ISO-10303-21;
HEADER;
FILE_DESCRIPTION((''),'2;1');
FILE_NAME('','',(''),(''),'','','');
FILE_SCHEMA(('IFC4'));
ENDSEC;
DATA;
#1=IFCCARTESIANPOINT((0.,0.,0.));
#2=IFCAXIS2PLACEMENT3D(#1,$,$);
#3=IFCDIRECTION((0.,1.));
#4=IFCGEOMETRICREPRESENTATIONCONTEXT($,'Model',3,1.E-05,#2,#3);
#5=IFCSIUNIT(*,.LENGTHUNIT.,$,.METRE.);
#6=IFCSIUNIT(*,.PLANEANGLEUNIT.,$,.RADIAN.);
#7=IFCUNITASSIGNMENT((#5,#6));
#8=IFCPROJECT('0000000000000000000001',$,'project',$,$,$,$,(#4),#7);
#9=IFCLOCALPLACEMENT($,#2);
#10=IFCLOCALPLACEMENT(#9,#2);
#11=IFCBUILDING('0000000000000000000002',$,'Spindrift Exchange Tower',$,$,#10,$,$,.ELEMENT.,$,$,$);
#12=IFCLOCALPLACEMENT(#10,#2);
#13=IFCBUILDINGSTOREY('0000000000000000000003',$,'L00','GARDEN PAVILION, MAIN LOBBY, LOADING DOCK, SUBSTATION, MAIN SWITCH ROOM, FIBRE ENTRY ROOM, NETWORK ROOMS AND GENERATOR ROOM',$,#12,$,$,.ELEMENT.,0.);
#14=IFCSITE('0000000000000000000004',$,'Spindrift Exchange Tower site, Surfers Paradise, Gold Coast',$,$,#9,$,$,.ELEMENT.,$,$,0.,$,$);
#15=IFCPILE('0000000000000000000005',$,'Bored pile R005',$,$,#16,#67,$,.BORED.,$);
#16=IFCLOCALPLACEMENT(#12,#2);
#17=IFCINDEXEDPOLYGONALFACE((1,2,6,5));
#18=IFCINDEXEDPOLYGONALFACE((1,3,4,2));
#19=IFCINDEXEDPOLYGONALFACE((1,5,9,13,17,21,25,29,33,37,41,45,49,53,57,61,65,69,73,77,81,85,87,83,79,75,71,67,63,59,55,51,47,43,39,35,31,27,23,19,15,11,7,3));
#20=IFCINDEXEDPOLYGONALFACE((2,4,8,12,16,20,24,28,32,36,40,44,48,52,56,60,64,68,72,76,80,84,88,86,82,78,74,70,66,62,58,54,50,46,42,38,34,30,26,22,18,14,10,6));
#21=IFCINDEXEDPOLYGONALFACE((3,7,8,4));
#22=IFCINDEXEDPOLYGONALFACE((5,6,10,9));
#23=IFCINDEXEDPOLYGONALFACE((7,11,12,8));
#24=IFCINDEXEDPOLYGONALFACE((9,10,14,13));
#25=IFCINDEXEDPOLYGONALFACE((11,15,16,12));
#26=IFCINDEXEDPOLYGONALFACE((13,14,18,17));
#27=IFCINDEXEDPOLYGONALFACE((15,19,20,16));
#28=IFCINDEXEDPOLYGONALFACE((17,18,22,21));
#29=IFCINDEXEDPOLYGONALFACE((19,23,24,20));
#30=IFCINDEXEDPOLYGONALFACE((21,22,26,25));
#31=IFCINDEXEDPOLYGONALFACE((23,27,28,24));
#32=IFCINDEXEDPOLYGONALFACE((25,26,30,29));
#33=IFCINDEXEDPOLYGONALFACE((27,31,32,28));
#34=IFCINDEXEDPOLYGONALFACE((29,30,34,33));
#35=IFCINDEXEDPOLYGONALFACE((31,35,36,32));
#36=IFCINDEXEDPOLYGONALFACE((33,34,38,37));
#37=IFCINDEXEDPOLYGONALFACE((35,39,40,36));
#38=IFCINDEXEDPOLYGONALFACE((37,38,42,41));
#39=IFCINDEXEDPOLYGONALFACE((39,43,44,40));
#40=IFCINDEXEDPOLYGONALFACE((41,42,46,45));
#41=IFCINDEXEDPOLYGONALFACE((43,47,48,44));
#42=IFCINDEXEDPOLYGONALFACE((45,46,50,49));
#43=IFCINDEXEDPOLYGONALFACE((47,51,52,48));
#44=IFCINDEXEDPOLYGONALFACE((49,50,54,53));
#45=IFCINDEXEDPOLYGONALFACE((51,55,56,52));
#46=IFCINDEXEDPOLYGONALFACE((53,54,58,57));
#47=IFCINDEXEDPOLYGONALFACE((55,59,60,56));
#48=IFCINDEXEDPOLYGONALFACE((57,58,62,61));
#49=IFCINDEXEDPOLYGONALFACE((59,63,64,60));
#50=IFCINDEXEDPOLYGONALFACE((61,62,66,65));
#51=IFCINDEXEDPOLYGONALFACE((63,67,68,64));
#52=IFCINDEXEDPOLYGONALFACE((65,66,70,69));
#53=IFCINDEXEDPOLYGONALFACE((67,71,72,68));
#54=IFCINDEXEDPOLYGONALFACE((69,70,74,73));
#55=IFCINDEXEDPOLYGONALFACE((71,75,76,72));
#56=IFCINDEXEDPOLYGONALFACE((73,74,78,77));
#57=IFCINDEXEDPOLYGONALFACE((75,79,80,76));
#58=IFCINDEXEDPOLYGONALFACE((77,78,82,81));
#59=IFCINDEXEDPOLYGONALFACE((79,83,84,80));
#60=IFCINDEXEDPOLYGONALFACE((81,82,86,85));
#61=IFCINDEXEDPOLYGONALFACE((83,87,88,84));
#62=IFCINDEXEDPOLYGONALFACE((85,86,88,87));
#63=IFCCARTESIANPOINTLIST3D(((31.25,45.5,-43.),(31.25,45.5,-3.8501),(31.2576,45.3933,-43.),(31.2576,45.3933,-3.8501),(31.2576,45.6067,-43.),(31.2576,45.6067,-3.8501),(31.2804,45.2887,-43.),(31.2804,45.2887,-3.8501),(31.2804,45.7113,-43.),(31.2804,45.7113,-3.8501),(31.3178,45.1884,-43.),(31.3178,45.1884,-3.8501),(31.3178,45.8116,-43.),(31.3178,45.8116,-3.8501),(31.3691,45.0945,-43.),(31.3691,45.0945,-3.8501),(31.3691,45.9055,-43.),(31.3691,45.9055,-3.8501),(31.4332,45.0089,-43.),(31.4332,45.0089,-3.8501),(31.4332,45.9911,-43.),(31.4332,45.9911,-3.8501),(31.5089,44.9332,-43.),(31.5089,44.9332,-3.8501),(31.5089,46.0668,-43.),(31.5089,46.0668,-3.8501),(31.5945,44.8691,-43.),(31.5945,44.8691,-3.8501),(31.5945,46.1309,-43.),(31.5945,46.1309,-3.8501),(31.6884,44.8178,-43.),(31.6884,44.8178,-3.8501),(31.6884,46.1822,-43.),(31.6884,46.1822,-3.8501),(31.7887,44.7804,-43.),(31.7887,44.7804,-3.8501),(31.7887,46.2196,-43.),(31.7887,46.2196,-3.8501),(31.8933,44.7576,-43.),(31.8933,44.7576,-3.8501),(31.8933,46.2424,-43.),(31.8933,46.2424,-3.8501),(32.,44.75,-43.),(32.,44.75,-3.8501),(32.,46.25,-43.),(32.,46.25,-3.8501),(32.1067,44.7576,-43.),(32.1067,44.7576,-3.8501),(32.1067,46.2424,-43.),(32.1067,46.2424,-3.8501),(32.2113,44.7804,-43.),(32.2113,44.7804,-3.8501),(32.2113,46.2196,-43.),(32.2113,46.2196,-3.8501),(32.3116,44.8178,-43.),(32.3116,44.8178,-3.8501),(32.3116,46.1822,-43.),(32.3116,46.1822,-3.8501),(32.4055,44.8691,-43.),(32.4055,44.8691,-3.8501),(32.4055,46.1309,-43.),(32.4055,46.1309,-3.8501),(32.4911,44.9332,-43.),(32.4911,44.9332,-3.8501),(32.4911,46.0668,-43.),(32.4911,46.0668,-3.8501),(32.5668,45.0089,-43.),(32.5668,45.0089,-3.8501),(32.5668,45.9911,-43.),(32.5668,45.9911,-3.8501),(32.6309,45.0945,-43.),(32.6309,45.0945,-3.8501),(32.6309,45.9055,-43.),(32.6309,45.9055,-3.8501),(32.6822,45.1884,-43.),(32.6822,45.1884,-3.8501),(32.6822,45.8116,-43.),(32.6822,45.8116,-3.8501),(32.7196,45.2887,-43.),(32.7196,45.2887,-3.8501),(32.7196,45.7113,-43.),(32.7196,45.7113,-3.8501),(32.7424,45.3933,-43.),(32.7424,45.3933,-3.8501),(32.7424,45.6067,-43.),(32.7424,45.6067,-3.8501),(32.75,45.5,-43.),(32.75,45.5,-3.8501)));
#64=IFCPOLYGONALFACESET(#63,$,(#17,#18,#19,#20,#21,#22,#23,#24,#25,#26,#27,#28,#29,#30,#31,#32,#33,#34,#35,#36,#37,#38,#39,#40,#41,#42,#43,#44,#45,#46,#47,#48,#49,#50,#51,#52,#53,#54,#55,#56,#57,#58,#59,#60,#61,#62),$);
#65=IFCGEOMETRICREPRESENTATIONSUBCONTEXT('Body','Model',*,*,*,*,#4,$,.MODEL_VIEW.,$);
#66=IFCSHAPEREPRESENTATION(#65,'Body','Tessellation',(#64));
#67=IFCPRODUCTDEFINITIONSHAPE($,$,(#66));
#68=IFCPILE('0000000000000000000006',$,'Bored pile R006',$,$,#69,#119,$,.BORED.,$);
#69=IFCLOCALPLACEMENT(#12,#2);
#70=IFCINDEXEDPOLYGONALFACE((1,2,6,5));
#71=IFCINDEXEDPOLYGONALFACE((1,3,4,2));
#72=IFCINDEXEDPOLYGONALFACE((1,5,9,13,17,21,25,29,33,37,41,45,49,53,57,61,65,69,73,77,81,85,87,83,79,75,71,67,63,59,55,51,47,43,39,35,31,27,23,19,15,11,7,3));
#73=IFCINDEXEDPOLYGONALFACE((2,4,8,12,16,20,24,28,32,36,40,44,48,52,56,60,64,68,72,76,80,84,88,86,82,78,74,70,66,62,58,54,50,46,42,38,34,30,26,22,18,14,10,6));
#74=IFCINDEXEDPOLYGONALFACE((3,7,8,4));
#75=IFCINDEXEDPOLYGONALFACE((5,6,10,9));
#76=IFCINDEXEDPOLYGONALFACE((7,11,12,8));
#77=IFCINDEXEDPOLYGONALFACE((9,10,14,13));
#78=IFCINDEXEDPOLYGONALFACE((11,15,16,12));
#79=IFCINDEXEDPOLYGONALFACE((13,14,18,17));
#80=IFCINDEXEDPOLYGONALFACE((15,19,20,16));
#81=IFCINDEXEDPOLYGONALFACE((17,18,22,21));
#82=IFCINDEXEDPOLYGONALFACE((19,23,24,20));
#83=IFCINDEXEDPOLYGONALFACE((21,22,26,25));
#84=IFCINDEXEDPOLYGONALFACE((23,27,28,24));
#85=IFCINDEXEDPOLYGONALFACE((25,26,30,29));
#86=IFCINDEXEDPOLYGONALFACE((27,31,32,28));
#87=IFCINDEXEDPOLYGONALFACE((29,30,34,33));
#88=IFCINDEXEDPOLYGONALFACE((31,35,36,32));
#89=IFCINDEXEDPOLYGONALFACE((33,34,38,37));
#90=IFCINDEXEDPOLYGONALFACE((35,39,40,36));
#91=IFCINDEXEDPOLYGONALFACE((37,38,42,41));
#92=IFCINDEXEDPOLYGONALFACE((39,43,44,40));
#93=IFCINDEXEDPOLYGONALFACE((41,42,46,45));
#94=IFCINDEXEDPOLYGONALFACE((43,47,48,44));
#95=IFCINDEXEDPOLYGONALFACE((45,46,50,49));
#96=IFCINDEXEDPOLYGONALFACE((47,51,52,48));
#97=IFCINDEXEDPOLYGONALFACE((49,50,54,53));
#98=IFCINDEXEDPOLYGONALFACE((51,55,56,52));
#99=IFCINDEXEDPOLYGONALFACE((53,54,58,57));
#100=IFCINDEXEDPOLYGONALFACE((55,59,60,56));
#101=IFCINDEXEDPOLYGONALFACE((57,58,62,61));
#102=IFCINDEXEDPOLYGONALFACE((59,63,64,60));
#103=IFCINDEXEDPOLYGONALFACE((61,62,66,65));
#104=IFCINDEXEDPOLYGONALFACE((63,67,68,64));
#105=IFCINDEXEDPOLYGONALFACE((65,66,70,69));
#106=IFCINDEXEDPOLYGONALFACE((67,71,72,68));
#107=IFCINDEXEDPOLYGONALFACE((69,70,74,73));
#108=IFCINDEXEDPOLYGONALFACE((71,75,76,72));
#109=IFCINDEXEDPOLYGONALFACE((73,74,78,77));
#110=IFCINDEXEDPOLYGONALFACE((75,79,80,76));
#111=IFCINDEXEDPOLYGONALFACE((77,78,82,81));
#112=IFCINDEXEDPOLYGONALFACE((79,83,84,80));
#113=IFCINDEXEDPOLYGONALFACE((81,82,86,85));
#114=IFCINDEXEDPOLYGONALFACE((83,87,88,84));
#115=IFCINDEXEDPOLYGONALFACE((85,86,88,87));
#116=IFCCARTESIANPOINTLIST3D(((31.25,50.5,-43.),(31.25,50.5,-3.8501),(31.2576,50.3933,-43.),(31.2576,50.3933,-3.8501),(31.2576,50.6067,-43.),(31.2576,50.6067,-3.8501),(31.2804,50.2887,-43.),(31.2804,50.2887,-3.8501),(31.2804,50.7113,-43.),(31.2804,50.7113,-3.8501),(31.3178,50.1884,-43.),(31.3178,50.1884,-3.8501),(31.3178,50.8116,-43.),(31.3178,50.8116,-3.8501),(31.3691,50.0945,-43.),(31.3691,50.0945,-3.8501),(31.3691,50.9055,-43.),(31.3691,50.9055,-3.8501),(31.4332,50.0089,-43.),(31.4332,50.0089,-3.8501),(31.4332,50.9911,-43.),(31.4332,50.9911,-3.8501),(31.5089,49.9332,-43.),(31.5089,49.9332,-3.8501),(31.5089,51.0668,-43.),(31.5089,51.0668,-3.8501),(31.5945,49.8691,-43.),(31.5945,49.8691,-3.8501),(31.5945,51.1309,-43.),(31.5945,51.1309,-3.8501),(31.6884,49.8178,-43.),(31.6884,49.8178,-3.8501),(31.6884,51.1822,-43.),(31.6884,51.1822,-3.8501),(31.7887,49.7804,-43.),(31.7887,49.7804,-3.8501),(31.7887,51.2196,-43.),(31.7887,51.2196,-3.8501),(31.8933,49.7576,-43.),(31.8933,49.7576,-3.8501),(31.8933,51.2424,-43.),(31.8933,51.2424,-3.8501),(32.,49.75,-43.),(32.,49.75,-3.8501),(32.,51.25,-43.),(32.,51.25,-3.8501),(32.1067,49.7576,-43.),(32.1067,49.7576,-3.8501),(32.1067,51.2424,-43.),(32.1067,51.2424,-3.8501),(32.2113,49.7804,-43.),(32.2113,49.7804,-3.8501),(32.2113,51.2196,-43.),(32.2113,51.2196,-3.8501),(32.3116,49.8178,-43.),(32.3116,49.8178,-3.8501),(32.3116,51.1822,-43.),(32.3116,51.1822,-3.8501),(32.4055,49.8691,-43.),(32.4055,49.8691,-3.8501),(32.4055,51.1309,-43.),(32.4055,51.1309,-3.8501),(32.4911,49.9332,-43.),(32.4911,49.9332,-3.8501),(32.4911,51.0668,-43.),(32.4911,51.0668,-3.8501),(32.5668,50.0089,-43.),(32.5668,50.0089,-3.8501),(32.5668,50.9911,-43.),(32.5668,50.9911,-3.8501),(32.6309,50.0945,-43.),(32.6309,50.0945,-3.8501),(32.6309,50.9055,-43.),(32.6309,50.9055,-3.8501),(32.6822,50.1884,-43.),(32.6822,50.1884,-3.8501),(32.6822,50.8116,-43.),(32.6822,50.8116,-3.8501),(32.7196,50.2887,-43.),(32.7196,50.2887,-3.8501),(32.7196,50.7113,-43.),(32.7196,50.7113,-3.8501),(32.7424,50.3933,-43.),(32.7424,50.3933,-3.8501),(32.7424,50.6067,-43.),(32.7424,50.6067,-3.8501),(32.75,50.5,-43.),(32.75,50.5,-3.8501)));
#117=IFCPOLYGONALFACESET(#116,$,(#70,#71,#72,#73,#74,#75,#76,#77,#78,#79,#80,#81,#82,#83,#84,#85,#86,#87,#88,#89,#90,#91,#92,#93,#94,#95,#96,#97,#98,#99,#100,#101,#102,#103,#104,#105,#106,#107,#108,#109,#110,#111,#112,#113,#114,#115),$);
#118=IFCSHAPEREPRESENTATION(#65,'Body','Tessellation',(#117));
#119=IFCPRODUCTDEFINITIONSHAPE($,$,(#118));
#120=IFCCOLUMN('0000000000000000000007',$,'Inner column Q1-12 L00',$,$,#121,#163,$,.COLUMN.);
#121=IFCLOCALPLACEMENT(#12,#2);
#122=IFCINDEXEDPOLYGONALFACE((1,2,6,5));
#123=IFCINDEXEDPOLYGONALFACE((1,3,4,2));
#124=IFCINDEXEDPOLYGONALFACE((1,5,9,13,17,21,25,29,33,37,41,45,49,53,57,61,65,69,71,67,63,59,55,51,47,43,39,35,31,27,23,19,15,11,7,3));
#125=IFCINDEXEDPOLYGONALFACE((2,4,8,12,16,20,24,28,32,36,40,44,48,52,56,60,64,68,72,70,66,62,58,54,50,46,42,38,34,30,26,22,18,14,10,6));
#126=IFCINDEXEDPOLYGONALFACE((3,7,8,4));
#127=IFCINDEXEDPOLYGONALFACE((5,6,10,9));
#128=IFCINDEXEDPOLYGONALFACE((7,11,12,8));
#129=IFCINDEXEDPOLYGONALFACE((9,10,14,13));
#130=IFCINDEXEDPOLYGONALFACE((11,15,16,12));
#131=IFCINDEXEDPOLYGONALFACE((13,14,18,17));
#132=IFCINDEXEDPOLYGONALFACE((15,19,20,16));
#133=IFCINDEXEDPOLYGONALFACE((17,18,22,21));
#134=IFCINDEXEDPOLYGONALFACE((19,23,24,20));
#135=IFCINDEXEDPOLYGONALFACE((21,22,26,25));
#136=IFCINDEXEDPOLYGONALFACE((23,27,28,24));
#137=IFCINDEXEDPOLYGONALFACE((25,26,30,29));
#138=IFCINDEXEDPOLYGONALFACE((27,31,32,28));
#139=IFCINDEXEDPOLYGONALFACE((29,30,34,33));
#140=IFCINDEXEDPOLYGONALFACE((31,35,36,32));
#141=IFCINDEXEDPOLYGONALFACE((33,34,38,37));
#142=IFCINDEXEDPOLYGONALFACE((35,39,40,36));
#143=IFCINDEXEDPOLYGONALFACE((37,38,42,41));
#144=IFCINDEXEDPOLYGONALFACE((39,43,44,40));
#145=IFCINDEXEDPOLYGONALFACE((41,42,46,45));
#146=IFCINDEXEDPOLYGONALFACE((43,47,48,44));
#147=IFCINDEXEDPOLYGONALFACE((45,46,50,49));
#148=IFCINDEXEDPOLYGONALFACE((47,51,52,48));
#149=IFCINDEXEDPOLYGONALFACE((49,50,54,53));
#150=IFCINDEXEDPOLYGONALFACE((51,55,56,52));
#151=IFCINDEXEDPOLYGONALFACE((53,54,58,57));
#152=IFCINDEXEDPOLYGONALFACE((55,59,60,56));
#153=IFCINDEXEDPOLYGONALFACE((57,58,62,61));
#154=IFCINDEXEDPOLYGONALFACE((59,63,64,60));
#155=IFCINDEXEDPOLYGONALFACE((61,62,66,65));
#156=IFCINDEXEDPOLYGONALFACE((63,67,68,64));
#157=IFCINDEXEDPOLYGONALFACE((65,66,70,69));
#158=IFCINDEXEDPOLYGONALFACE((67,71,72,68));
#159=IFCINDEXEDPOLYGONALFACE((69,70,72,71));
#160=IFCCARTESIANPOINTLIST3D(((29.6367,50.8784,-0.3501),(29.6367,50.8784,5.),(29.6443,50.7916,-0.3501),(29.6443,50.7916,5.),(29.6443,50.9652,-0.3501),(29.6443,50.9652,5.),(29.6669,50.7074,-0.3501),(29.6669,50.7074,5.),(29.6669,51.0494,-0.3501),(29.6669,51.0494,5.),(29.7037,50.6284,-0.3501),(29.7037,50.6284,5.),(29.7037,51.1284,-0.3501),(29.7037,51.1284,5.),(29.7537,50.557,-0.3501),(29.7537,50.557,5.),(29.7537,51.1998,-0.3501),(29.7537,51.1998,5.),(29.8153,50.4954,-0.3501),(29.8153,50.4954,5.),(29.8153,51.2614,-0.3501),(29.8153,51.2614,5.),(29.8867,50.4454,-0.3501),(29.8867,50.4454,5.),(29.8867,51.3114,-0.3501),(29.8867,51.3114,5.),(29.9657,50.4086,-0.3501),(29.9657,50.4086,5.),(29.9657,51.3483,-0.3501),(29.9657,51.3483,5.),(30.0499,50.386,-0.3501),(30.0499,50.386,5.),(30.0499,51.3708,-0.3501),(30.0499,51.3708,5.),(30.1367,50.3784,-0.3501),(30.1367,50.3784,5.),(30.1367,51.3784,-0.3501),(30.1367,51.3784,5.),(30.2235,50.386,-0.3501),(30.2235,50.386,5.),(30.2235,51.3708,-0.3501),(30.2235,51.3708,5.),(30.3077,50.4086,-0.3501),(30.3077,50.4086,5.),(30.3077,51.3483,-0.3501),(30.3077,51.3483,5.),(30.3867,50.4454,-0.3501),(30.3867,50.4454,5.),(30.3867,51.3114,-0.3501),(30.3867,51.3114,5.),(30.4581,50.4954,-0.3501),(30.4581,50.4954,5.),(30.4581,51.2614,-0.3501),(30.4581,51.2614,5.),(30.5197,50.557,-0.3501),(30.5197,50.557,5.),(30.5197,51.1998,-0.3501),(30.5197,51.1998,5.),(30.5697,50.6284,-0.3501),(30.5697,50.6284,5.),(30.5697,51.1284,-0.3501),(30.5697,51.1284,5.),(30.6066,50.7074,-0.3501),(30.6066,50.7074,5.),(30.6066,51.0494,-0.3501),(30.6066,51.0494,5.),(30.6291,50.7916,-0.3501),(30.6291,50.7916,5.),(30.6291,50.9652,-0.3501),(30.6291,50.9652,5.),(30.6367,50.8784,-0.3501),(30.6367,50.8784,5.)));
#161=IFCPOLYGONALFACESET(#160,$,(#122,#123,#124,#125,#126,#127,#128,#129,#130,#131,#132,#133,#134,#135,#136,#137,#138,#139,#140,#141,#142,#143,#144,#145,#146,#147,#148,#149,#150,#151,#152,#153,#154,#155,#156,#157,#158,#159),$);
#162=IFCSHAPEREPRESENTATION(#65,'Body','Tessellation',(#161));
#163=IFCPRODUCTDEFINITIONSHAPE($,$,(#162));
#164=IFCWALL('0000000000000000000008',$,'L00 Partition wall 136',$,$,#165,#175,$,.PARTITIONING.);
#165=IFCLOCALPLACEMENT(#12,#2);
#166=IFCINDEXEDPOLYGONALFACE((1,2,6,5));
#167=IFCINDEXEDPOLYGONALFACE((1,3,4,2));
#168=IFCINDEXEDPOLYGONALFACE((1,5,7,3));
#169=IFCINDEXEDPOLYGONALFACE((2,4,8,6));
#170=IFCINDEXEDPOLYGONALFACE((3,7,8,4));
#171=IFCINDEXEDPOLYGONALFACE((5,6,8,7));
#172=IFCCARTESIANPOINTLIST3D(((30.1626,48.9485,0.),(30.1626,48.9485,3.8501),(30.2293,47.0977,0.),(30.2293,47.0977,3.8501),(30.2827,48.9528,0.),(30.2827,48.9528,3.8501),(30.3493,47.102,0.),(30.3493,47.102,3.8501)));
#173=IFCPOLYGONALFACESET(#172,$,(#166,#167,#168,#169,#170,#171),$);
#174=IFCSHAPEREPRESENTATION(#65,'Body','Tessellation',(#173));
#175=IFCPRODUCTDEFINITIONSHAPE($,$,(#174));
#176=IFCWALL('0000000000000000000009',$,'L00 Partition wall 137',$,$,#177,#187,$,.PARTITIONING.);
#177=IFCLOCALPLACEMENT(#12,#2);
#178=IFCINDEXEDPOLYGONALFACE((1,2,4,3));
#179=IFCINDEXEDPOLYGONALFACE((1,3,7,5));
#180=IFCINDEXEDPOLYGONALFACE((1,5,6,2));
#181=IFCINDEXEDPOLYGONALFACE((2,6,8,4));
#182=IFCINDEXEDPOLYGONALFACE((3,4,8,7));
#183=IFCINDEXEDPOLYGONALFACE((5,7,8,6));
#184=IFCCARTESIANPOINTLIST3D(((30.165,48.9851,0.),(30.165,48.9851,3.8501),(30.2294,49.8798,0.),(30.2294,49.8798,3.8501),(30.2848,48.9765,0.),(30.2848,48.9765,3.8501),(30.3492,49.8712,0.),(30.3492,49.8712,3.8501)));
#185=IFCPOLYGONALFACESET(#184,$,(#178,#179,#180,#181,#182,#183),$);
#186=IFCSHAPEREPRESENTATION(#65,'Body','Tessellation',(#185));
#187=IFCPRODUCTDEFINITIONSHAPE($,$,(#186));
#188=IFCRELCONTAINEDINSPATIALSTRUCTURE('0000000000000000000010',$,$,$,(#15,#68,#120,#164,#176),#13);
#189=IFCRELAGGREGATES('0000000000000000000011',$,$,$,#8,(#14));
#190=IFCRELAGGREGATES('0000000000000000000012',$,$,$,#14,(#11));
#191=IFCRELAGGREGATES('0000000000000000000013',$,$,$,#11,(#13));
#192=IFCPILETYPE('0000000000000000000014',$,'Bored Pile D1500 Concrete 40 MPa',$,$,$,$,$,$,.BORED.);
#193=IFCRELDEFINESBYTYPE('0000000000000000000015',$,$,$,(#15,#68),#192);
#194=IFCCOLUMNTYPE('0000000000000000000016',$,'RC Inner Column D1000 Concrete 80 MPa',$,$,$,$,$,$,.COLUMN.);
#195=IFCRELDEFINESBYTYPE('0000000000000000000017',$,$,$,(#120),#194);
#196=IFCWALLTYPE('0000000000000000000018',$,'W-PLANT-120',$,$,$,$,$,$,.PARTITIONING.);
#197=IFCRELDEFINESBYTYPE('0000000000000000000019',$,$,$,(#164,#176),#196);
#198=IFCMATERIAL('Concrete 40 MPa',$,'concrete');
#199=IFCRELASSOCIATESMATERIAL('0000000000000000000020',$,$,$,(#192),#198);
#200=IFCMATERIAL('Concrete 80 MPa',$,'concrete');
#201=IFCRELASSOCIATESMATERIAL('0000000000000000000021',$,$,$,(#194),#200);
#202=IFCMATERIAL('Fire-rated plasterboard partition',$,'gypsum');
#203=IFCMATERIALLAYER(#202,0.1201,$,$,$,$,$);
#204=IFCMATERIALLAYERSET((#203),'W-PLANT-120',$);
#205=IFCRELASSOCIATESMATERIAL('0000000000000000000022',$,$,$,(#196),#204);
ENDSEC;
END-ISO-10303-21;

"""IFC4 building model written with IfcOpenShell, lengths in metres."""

from ifc_helpers import new_model, si_unit, direction, frame, frame_2d, origin, origin_2d, place, context, subcontext, project, spatial, rectangle, circle, extrude, source, transform, mapped, material, layer, layer_set, material_profile, profile_set, type_object, element, save


model = new_model("IFC4")

# Units and contexts
model_context = context("Model", 3, precision=1e-05, world=origin(), true_north=direction((0.0, 1.0)))
body_context = subcontext(model_context, "Body", "Model", "MODEL_VIEW")
ifc_project = project(units=[si_unit("LENGTHUNIT", "METRE"), si_unit("PLANEANGLEUNIT", "RADIAN")], contexts=[model_context])

# Site, building, storey
site_placement = place(None, origin())
site = spatial("IfcSite", under=ifc_project, at=site_placement, Name="Spindrift Exchange Tower site, Surfers Paradise, Gold Coast", CompositionType="ELEMENT", RefElevation=0.0)
building_placement = place(site_placement, origin())
building = spatial("IfcBuilding", under=site, at=building_placement, Name="Spindrift Exchange Tower", CompositionType="ELEMENT")
storey_placement = place(building_placement, origin())
storey = spatial("IfcBuildingStorey", under=building, at=storey_placement, Name="L00", Description="GARDEN PAVILION, MAIN LOBBY, LOADING DOCK, SUBSTATION, MAIN SWITCH ROOM, FIBRE ENTRY ROOM, NETWORK ROOMS AND GENERATOR ROOM", CompositionType="ELEMENT", Elevation=0.0)

# Piles
ifc_material_1 = material(Name="Concrete 40 MPa", Category="concrete")
ifc_material_profile_1 = material_profile(ifc_material_1, circle(Radius=0.75, at=origin_2d()), Name="BP D1500")
ifc_profile_set_1 = profile_set([ifc_material_profile_1], Name="Concrete 40 MPa")
pile_type = type_object("IfcPileType", Name="Bored Pile D1500 Concrete 40 MPa", PredefinedType="BORED", material=ifc_profile_set_1)
shared_shape_1 = source(origin(), body_context, "Body", "SweptSolid", [
    extrude(circle(Radius=0.75, at=origin_2d()), origin(), (0.0, 0.0, 1.0), 39.1499),
])
for number, where, z_axis, x_axis, name in (
    (1, (32.0, 45.5, -3.8501), (0.0, 0.0, -1.0), (1.0, 0.0, 0.0), "Bored pile R005"),
    (2, (32.0, 50.5, -3.8501), (0.0, 0.0, -1.0), (1.0, 0.0, 0.0), "Bored pile R006"),
):
    element("IfcPile", number, at=place(storey_placement, frame(where, z_axis=z_axis, x_axis=x_axis)), inside=storey, type_object=pile_type, Name=name, PredefinedType="BORED", context=body_context, shape_type="MappedRepresentation", body=[
        mapped(shared_shape_1, transform((0.0, 0.0, 0.0), scale=1.0)),
    ])

# Column
ifc_material_2 = material(Name="Concrete 80 MPa", Category="concrete")
ifc_material_profile_2 = material_profile(ifc_material_2, circle(Radius=0.5, at=origin_2d()), Name="RC D1000")
ifc_profile_set_2 = profile_set([ifc_material_profile_2], Name="Concrete 80 MPa")
column_type = type_object("IfcColumnType", Name="RC Inner Column D1000 Concrete 80 MPa", PredefinedType="COLUMN", material=ifc_profile_set_2)
shared_shape_2 = source(origin(), body_context, "Body", "SweptSolid", [
    extrude(circle(Radius=0.5, at=origin_2d()), origin(), (0.0, 0.0, 1.0), 5.3501),
])
column_placement = place(storey_placement, frame((30.1367, 50.8784, -0.3501), z_axis=(0.0, 0.0, 1.0), x_axis=(1.0, 0.0, 0.0)))
element("IfcColumn", 3, at=column_placement, inside=storey, type_object=column_type, Name="Inner column Q1-12 L00", PredefinedType="COLUMN", context=body_context, shape_type="MappedRepresentation", body=[
    mapped(shared_shape_2, transform((0.0, 0.0, 0.0), scale=1.0)),
])

# Walls
ifc_material_3 = material(Name="Fire-rated plasterboard partition", Category="gypsum")
ifc_layer_1 = layer(ifc_material_3, 0.1201)
ifc_layer_set_1 = layer_set([ifc_layer_1], Name="W-PLANT-120")
wall_type_1 = type_object("IfcWallType", Name="W-PLANT-120", PredefinedType="PARTITIONING", material=ifc_layer_set_1)
wall_1_placement = place(storey_placement, frame((30.2227, 48.9507, 0.0), z_axis=(0.0, 0.0, 1.0), x_axis=(0.035988, -0.999352, 0.0)))
element("IfcWall", 4, at=wall_1_placement, inside=storey, type_object=wall_type_1, Name="L00 Partition wall 136", PredefinedType="PARTITIONING", context=body_context, shape_type="SweptSolid", body=[
    extrude(rectangle(XDim=1.8521, YDim=0.1201, at=frame_2d((0.926, 0.0))), origin(), (0.0, 0.0, 1.0), 3.8501),
])
wall_2_placement = place(storey_placement, frame((30.2893, 49.8755, 0.0), z_axis=(0.0, 0.0, 1.0), x_axis=(-0.071847, -0.997416, 0.0)))
element("IfcWall", 5, at=wall_2_placement, inside=storey, type_object=wall_type_1, Name="L00 Partition wall 137", PredefinedType="PARTITIONING", context=body_context, shape_type="SweptSolid", body=[
    extrude(rectangle(XDim=0.897, YDim=0.1201, at=frame_2d((0.4485, 0.0))), origin(), (0.0, 0.0, 1.0), 3.8501),
])

save(model, "model.ifc")
